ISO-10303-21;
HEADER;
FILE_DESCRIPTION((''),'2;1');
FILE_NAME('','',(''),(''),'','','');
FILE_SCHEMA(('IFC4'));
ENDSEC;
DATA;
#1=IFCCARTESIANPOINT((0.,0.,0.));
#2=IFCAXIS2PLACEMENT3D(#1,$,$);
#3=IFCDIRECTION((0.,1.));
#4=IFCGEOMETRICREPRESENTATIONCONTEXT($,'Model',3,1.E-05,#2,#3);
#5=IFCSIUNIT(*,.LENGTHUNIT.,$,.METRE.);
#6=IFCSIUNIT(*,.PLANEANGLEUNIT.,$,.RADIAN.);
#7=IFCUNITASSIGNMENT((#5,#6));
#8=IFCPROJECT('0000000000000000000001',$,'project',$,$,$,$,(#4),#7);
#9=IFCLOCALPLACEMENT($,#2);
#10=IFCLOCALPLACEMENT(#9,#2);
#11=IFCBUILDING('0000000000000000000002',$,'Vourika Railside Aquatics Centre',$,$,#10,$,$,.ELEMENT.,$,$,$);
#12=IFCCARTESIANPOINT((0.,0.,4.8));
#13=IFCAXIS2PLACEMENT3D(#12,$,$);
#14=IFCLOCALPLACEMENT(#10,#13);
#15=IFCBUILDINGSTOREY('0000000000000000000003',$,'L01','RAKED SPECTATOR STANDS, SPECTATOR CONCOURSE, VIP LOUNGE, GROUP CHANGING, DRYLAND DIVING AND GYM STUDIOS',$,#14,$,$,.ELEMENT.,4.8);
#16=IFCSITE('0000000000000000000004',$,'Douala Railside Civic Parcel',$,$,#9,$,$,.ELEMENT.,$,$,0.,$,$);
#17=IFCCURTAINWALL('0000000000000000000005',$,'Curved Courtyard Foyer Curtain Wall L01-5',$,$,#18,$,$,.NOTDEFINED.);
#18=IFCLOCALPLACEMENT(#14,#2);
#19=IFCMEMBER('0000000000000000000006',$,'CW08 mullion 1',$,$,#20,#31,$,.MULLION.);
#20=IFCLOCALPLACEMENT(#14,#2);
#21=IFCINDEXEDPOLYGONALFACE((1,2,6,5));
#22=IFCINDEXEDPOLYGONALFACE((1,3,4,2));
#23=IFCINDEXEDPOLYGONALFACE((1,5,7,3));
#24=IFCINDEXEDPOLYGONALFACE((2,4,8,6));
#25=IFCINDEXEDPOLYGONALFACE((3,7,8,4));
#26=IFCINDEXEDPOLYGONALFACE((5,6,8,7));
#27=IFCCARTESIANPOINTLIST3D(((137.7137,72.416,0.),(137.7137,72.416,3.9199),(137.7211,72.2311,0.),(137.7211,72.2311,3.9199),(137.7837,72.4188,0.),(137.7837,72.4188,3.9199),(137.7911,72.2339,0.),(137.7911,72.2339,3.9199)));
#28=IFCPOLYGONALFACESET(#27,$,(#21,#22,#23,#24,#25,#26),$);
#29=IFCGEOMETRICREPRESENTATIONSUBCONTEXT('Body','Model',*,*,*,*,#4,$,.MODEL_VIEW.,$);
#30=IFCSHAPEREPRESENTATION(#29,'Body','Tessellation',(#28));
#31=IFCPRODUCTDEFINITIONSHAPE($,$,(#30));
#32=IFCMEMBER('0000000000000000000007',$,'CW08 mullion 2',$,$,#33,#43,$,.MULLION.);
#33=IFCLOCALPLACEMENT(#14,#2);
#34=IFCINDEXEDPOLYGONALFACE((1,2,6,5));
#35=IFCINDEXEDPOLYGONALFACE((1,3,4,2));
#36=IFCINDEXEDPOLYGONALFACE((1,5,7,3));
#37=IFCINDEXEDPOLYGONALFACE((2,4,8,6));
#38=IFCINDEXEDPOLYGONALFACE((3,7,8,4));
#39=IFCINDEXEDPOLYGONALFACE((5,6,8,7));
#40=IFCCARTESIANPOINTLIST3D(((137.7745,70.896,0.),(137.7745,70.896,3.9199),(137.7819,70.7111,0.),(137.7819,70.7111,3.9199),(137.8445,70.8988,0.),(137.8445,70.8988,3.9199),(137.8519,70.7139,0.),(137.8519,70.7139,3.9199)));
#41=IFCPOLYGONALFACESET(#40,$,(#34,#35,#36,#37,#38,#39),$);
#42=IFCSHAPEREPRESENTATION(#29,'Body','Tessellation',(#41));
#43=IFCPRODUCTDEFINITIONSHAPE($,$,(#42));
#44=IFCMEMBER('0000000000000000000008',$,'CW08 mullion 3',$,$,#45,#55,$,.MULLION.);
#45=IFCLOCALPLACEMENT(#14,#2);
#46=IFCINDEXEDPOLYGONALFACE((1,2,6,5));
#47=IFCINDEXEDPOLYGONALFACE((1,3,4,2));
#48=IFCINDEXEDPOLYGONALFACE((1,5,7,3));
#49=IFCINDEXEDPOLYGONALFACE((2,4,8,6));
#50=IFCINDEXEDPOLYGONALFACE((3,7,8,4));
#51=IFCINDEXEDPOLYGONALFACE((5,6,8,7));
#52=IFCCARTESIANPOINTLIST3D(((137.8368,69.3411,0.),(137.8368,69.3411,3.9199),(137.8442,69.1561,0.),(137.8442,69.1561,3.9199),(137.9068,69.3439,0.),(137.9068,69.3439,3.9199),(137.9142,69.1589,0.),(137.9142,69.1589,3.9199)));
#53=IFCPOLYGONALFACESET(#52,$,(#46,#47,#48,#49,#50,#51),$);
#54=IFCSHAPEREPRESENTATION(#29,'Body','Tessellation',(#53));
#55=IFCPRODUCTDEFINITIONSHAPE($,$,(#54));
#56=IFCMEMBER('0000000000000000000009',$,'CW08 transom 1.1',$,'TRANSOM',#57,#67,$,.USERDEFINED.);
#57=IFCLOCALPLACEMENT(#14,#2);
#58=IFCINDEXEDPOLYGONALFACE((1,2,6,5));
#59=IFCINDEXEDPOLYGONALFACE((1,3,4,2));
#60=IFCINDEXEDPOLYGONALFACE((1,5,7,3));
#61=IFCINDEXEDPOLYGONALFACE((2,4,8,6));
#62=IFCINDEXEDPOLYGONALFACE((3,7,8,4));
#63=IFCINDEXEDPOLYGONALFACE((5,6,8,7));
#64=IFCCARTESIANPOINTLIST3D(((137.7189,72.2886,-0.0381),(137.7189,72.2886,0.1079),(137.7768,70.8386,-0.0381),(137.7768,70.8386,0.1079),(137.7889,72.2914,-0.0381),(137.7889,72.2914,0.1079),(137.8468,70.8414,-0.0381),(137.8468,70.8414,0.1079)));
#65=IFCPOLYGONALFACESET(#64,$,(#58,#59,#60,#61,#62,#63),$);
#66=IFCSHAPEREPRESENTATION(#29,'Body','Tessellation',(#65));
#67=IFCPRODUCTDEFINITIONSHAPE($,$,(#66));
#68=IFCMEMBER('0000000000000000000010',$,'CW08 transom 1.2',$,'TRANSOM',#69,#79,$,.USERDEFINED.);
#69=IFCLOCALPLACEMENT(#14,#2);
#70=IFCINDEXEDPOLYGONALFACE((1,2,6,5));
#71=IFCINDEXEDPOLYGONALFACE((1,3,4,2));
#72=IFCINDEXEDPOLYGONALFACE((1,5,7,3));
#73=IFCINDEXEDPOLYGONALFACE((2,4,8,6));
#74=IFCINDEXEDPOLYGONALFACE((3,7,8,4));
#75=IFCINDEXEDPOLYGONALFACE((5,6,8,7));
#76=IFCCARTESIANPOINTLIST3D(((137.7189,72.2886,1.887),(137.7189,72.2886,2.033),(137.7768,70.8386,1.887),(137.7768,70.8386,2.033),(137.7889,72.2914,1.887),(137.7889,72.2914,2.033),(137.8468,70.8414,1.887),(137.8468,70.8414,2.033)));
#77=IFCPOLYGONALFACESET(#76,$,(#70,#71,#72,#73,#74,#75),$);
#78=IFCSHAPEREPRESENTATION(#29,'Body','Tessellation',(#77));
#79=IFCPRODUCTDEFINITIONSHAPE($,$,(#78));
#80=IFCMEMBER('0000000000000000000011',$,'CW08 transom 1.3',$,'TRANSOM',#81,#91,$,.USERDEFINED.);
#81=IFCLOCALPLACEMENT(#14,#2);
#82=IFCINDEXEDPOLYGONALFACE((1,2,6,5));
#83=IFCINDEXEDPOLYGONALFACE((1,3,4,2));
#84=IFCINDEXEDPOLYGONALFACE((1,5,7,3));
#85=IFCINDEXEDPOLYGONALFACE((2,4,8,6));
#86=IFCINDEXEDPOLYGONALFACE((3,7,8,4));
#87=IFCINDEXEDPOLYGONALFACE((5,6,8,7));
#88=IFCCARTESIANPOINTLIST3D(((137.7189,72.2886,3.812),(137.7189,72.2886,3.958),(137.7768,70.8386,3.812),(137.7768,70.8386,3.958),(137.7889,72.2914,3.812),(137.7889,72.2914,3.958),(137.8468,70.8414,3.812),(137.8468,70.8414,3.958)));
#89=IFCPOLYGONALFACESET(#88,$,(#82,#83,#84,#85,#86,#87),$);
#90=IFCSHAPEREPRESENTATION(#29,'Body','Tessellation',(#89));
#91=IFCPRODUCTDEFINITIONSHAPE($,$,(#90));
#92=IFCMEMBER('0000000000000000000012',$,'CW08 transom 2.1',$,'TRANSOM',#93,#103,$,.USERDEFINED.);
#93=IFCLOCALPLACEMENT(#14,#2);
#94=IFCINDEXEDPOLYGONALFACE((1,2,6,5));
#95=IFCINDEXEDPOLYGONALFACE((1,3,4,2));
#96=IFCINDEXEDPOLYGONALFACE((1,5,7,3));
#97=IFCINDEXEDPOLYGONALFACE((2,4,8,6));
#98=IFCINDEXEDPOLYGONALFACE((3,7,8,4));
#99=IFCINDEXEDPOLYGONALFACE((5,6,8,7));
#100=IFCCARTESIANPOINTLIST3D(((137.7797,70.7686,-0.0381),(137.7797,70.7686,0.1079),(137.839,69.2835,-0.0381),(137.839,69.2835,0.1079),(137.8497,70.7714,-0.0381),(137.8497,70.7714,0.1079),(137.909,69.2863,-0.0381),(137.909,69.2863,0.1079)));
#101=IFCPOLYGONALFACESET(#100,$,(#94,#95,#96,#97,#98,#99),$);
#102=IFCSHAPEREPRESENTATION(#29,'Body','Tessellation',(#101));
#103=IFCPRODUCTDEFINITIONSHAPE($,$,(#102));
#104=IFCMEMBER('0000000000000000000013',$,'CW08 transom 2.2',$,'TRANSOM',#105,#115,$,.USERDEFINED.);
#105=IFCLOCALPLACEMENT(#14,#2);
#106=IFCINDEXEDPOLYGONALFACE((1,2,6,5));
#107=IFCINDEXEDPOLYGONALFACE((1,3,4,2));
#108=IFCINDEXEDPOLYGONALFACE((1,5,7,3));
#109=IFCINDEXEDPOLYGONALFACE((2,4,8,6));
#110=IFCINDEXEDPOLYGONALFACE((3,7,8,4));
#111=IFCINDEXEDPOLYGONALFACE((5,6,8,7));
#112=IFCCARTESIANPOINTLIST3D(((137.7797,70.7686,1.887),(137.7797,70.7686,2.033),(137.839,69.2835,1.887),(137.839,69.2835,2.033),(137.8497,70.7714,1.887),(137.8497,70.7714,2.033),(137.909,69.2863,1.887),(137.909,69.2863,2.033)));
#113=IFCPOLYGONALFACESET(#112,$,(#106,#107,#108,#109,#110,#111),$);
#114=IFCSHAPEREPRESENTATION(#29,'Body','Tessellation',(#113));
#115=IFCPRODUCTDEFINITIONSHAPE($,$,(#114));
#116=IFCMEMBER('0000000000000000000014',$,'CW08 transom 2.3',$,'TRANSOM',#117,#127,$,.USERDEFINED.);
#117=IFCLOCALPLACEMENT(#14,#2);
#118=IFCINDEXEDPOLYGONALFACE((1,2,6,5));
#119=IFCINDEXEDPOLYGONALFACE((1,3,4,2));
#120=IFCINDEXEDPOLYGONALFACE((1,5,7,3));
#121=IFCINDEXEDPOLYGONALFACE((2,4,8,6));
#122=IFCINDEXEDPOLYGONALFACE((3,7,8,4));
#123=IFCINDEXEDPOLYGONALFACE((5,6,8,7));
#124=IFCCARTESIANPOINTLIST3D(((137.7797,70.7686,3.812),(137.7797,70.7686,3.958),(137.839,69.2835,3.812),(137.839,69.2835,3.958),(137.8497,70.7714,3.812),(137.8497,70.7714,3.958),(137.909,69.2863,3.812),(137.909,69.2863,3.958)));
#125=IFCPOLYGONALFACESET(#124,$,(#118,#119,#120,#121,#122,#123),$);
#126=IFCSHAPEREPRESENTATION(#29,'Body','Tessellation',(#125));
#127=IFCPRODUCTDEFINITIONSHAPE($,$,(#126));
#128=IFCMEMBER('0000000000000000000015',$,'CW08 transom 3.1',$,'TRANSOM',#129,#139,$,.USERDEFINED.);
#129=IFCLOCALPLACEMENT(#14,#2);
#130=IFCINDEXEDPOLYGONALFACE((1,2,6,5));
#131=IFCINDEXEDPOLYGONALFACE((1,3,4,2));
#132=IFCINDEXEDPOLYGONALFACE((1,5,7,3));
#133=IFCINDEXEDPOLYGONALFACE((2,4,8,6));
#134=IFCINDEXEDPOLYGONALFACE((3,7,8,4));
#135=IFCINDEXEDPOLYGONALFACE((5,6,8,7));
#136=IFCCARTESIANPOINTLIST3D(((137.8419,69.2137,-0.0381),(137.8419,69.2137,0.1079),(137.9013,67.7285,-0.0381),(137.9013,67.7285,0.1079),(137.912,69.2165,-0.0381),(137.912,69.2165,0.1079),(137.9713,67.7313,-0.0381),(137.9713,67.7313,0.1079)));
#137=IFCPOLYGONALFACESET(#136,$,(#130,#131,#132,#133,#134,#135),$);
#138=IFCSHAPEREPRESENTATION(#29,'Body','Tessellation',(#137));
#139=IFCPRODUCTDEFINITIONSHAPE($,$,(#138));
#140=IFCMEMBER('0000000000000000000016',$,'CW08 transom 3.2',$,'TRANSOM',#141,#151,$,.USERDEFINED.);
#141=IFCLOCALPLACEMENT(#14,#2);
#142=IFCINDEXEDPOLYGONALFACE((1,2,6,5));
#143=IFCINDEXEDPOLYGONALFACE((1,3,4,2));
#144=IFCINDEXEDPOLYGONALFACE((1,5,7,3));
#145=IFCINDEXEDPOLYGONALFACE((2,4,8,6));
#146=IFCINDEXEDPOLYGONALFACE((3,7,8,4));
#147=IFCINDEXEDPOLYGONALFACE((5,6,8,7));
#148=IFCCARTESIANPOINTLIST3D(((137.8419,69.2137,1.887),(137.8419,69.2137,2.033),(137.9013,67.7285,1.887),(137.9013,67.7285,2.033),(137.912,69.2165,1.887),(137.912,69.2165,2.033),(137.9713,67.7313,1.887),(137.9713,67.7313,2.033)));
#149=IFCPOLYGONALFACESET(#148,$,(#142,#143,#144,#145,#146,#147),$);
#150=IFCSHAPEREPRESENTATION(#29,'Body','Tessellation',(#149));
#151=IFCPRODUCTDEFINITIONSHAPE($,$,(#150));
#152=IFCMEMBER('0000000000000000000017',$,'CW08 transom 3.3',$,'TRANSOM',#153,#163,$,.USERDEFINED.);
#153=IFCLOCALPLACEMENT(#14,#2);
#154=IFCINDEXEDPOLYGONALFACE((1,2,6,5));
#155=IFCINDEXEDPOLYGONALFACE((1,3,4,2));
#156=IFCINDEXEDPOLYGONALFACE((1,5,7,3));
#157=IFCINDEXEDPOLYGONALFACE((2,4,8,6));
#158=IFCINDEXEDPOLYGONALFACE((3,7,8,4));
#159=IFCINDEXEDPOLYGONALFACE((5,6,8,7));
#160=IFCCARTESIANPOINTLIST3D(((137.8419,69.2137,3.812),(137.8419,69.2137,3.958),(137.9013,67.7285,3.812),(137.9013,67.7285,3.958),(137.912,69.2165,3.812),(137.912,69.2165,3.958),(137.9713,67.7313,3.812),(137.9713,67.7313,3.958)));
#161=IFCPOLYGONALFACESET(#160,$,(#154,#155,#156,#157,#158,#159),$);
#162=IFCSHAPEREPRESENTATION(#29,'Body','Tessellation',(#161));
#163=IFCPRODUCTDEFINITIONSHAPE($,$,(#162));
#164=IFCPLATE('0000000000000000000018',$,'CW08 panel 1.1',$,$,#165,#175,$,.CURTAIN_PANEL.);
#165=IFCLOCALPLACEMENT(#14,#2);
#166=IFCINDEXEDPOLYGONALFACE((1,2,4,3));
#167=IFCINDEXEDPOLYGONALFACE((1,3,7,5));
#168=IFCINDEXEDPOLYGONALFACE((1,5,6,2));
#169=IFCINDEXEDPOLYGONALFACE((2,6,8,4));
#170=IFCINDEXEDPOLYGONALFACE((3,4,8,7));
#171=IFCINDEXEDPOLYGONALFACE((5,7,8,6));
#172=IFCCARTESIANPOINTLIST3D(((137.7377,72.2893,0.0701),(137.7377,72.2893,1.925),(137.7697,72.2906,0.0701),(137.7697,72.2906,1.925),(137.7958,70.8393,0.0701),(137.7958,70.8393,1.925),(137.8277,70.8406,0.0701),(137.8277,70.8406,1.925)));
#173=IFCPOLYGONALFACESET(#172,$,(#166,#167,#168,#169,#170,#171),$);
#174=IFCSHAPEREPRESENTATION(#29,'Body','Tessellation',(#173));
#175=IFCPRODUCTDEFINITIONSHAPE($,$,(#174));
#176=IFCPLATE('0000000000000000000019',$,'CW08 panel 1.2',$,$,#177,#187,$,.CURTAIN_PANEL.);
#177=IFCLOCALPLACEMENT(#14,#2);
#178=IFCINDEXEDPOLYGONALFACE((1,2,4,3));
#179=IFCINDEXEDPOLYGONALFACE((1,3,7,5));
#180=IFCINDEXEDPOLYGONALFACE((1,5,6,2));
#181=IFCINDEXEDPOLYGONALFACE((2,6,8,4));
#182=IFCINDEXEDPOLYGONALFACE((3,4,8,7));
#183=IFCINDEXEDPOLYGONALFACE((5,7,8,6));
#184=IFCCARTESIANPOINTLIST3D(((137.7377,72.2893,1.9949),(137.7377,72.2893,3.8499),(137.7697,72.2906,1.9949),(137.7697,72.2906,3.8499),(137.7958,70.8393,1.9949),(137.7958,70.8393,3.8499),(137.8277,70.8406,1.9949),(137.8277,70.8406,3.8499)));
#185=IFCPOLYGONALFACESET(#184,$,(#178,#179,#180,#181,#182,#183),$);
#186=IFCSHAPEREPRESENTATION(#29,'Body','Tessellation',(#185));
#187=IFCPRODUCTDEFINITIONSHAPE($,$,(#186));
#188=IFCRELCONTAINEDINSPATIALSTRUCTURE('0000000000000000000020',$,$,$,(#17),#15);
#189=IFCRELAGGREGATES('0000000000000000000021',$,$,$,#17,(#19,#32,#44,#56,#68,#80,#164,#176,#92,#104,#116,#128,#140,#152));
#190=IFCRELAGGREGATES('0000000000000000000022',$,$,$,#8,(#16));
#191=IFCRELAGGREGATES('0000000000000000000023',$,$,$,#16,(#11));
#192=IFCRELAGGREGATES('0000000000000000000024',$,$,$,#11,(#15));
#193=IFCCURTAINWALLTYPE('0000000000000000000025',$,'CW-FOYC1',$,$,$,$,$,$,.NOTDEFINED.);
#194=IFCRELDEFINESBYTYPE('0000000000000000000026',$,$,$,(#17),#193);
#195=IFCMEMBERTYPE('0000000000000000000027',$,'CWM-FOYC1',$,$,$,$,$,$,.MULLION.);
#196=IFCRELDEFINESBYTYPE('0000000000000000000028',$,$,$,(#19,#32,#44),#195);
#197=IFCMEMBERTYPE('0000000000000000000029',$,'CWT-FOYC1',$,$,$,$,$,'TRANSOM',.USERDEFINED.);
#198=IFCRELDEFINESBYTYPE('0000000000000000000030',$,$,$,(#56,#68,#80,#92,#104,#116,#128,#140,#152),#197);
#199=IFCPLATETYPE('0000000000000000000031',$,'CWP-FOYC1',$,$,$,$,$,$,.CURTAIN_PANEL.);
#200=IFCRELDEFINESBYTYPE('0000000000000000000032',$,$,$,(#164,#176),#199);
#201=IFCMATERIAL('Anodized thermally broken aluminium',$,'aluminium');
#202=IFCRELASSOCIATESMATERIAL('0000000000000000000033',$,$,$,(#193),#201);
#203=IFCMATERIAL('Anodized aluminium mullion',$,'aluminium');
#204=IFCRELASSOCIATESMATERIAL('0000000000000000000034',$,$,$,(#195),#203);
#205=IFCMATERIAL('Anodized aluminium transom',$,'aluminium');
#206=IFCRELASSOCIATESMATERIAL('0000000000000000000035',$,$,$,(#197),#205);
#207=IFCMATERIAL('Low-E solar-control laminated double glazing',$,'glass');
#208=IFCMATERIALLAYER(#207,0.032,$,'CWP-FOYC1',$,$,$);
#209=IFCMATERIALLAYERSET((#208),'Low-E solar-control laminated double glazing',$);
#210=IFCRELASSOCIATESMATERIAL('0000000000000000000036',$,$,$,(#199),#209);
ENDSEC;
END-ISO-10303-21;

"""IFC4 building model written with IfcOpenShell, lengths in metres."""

from ifc_helpers import new_model, si_unit, direction, frame, origin, origin_2d, place, context, subcontext, project, spatial, rectangle, extrude, material, layer, layer_set, material_profile, profile_set, type_object, element, aggregate, save


model = new_model("IFC4")

# Units and contexts
model_context = context("Model", 3, precision=1e-05, world=origin(), true_north=direction((0.0, 1.0)))
body_context = subcontext(model_context, "Body", "Model", "MODEL_VIEW")
ifc_project = project(units=[si_unit("LENGTHUNIT", "METRE"), si_unit("PLANEANGLEUNIT", "RADIAN")], contexts=[model_context])

# Site, building, storey
site_placement = place(None, origin())
site = spatial("IfcSite", under=ifc_project, at=site_placement, Name="Douala Railside Civic Parcel", CompositionType="ELEMENT", RefElevation=0.0)
building_placement = place(site_placement, origin())
building = spatial("IfcBuilding", under=site, at=building_placement, Name="Vourika Railside Aquatics Centre", CompositionType="ELEMENT")
storey_placement = place(building_placement, frame((0.0, 0.0, 4.8)))
storey = spatial("IfcBuildingStorey", under=building, at=storey_placement, Name="L01", Description="RAKED SPECTATOR STANDS, SPECTATOR CONCOURSE, VIP LOUNGE, GROUP CHANGING, DRYLAND DIVING AND GYM STUDIOS", CompositionType="ELEMENT", Elevation=4.8)

# Curtain wall, members, plates
ifc_material_1 = material(Name="Anodized thermally broken aluminium", Category="aluminium")
curtain_wall_type = type_object("IfcCurtainWallType", Name="CW-FOYC1", PredefinedType="NOTDEFINED", material=ifc_material_1)
curtain_wall_placement = place(storey_placement, origin())
curtain_wall = element("IfcCurtainWall", 1, at=curtain_wall_placement, inside=storey, type_object=curtain_wall_type, Name="Curved Courtyard Foyer Curtain Wall L01-5", PredefinedType="NOTDEFINED")
ifc_material_2 = material(Name="Anodized aluminium mullion", Category="aluminium")
ifc_material_profile_1 = material_profile(ifc_material_2, rectangle(XDim=0.0701, YDim=0.1851, at=origin_2d()), Name="ALU-M 70x185")
ifc_profile_set_1 = profile_set([ifc_material_profile_1], Name="Anodized aluminium mullion")
member_type_1 = type_object("IfcMemberType", Name="CWM-FOYC1", PredefinedType="MULLION", material=ifc_profile_set_1)
member_1_placement = place(storey_placement, frame((137.7524, 72.325, 0.0), z_axis=(0.0, 0.0, 1.0), x_axis=(0.9992, 0.04, 0.0)))
member_1 = element("IfcMember", 2, at=member_1_placement, type_object=member_type_1, Name="CW08 mullion 1", PredefinedType="MULLION", context=body_context, shape_type="SweptSolid", body=[
    extrude(rectangle(XDim=0.0701, YDim=0.1851, at=origin_2d()), origin(), (0.0, 0.0, 1.0), 3.9199),
])
member_2_placement = place(storey_placement, frame((137.8132, 70.8049, 0.0), z_axis=(0.0, 0.0, 1.0), x_axis=(0.9992, 0.04, 0.0)))
member_2 = element("IfcMember", 3, at=member_2_placement, type_object=member_type_1, Name="CW08 mullion 2", PredefinedType="MULLION", context=body_context, shape_type="SweptSolid", body=[
    extrude(rectangle(XDim=0.0701, YDim=0.1851, at=origin_2d()), origin(), (0.0, 0.0, 1.0), 3.9199),
])
member_3_placement = place(storey_placement, frame((137.8755, 69.25, 0.0), z_axis=(0.0, 0.0, 1.0), x_axis=(0.9992, 0.04, 0.0)))
member_3 = element("IfcMember", 4, at=member_3_placement, type_object=member_type_1, Name="CW08 mullion 3", PredefinedType="MULLION", context=body_context, shape_type="SweptSolid", body=[
    extrude(rectangle(XDim=0.0701, YDim=0.1851, at=origin_2d()), origin(), (0.0, 0.0, 1.0), 3.9199),
])
ifc_material_3 = material(Name="Anodized aluminium transom", Category="aluminium")
ifc_material_profile_2 = material_profile(ifc_material_3, rectangle(XDim=0.0701, YDim=0.146, at=origin_2d()), Name="ALU-T 70x146")
ifc_profile_set_2 = profile_set([ifc_material_profile_2], Name="Anodized aluminium transom")
member_type_2 = type_object("IfcMemberType", Name="CWT-FOYC1", ElementType="TRANSOM", PredefinedType="USERDEFINED", material=ifc_profile_set_2)
member_4_placement = place(storey_placement, frame((137.7539, 72.29, 0.0349), z_axis=(0.039874, -0.999205, 0.0), x_axis=(0.999205, 0.039874, 0.0)))
member_4 = element("IfcMember", 5, at=member_4_placement, type_object=member_type_2, Name="CW08 transom 1.1", ObjectType="TRANSOM", PredefinedType="USERDEFINED", context=body_context, shape_type="SweptSolid", body=[
    extrude(rectangle(XDim=0.0701, YDim=0.146, at=origin_2d()), origin(), (0.0, 0.0, 1.0), 1.4512),
])
member_5_placement = place(storey_placement, frame((137.7539, 72.29, 1.96), z_axis=(0.039874, -0.999205, 0.0), x_axis=(0.999205, 0.039874, 0.0)))
member_5 = element("IfcMember", 6, at=member_5_placement, type_object=member_type_2, Name="CW08 transom 1.2", ObjectType="TRANSOM", PredefinedType="USERDEFINED", context=body_context, shape_type="SweptSolid", body=[
    extrude(rectangle(XDim=0.0701, YDim=0.146, at=origin_2d()), origin(), (0.0, 0.0, 1.0), 1.4512),
])
member_6_placement = place(storey_placement, frame((137.7539, 72.29, 3.885), z_axis=(0.039874, -0.999205, 0.0), x_axis=(0.999205, 0.039874, 0.0)))
member_6 = element("IfcMember", 7, at=member_6_placement, type_object=member_type_2, Name="CW08 transom 1.3", ObjectType="TRANSOM", PredefinedType="USERDEFINED", context=body_context, shape_type="SweptSolid", body=[
    extrude(rectangle(XDim=0.0701, YDim=0.146, at=origin_2d()), origin(), (0.0, 0.0, 1.0), 1.4512),
])
member_7_placement = place(storey_placement, frame((137.8147, 70.77, 0.0349), z_axis=(0.039916, -0.999203, 0.0), x_axis=(0.999203, 0.039916, 0.0)))
member_7 = element("IfcMember", 8, at=member_7_placement, type_object=member_type_2, Name="CW08 transom 2.1", ObjectType="TRANSOM", PredefinedType="USERDEFINED", context=body_context, shape_type="SweptSolid", body=[
    extrude(rectangle(XDim=0.0701, YDim=0.146, at=origin_2d()), origin(), (0.0, 0.0, 1.0), 1.4863),
])
member_8_placement = place(storey_placement, frame((137.8147, 70.77, 1.96), z_axis=(0.039916, -0.999203, 0.0), x_axis=(0.999203, 0.039916, 0.0)))
member_8 = element("IfcMember", 9, at=member_8_placement, type_object=member_type_2, Name="CW08 transom 2.2", ObjectType="TRANSOM", PredefinedType="USERDEFINED", context=body_context, shape_type="SweptSolid", body=[
    extrude(rectangle(XDim=0.0701, YDim=0.146, at=origin_2d()), origin(), (0.0, 0.0, 1.0), 1.4863),
])
member_9_placement = place(storey_placement, frame((137.8147, 70.77, 3.885), z_axis=(0.039916, -0.999203, 0.0), x_axis=(0.999203, 0.039916, 0.0)))
member_9 = element("IfcMember", 10, at=member_9_placement, type_object=member_type_2, Name="CW08 transom 2.3", ObjectType="TRANSOM", PredefinedType="USERDEFINED", context=body_context, shape_type="SweptSolid", body=[
    extrude(rectangle(XDim=0.0701, YDim=0.146, at=origin_2d()), origin(), (0.0, 0.0, 1.0), 1.4863),
])
member_10_placement = place(storey_placement, frame((137.877, 69.2151, 0.0349), z_axis=(0.039916, -0.999203, 0.0), x_axis=(0.999203, 0.039916, 0.0)))
member_10 = element("IfcMember", 11, at=member_10_placement, type_object=member_type_2, Name="CW08 transom 3.1", ObjectType="TRANSOM", PredefinedType="USERDEFINED", context=body_context, shape_type="SweptSolid", body=[
    extrude(rectangle(XDim=0.0701, YDim=0.146, at=origin_2d()), origin(), (0.0, 0.0, 1.0), 1.4863),
])
member_11_placement = place(storey_placement, frame((137.877, 69.2151, 1.96), z_axis=(0.039916, -0.999203, 0.0), x_axis=(0.999203, 0.039916, 0.0)))
member_11 = element("IfcMember", 12, at=member_11_placement, type_object=member_type_2, Name="CW08 transom 3.2", ObjectType="TRANSOM", PredefinedType="USERDEFINED", context=body_context, shape_type="SweptSolid", body=[
    extrude(rectangle(XDim=0.0701, YDim=0.146, at=origin_2d()), origin(), (0.0, 0.0, 1.0), 1.4863),
])
member_12_placement = place(storey_placement, frame((137.877, 69.2151, 3.885), z_axis=(0.039916, -0.999203, 0.0), x_axis=(0.999203, 0.039916, 0.0)))
member_12 = element("IfcMember", 13, at=member_12_placement, type_object=member_type_2, Name="CW08 transom 3.3", ObjectType="TRANSOM", PredefinedType="USERDEFINED", context=body_context, shape_type="SweptSolid", body=[
    extrude(rectangle(XDim=0.0701, YDim=0.146, at=origin_2d()), origin(), (0.0, 0.0, 1.0), 1.4863),
])
ifc_material_4 = material(Name="Low-E solar-control laminated double glazing", Category="glass")
ifc_layer = layer(ifc_material_4, 0.032, Name="CWP-FOYC1")
ifc_layer_set = layer_set([ifc_layer], Name="Low-E solar-control laminated double glazing")
plate_type = type_object("IfcPlateType", Name="CWP-FOYC1", PredefinedType="CURTAIN_PANEL", material=ifc_layer_set)
plate_1_placement = place(storey_placement, frame((137.7827, 71.5649, 0.0701), z_axis=(0.0, 0.0, 1.0), x_axis=(0.04, -0.9992, 0.0)))
plate_1 = element("IfcPlate", 14, at=plate_1_placement, type_object=plate_type, Name="CW08 panel 1.1", PredefinedType="CURTAIN_PANEL", context=body_context, shape_type="SweptSolid", body=[
    extrude(rectangle(XDim=1.4512, YDim=0.032, at=origin_2d()), origin(), (0.0, 0.0, 1.0), 1.855),
])
plate_2_placement = place(storey_placement, frame((137.7827, 71.5649, 1.9949), z_axis=(0.0, 0.0, 1.0), x_axis=(0.04, -0.9992, 0.0)))
plate_2 = element("IfcPlate", 15, at=plate_2_placement, type_object=plate_type, Name="CW08 panel 1.2", PredefinedType="CURTAIN_PANEL", context=body_context, shape_type="SweptSolid", body=[
    extrude(rectangle(XDim=1.4512, YDim=0.032, at=origin_2d()), origin(), (0.0, 0.0, 1.0), 1.855),
])
aggregate(curtain_wall, [member_1, member_2, member_3, member_4, member_5, member_6, plate_1, plate_2, member_7, member_8, member_9, member_10, member_11, member_12])

save(model, "model.ifc")
